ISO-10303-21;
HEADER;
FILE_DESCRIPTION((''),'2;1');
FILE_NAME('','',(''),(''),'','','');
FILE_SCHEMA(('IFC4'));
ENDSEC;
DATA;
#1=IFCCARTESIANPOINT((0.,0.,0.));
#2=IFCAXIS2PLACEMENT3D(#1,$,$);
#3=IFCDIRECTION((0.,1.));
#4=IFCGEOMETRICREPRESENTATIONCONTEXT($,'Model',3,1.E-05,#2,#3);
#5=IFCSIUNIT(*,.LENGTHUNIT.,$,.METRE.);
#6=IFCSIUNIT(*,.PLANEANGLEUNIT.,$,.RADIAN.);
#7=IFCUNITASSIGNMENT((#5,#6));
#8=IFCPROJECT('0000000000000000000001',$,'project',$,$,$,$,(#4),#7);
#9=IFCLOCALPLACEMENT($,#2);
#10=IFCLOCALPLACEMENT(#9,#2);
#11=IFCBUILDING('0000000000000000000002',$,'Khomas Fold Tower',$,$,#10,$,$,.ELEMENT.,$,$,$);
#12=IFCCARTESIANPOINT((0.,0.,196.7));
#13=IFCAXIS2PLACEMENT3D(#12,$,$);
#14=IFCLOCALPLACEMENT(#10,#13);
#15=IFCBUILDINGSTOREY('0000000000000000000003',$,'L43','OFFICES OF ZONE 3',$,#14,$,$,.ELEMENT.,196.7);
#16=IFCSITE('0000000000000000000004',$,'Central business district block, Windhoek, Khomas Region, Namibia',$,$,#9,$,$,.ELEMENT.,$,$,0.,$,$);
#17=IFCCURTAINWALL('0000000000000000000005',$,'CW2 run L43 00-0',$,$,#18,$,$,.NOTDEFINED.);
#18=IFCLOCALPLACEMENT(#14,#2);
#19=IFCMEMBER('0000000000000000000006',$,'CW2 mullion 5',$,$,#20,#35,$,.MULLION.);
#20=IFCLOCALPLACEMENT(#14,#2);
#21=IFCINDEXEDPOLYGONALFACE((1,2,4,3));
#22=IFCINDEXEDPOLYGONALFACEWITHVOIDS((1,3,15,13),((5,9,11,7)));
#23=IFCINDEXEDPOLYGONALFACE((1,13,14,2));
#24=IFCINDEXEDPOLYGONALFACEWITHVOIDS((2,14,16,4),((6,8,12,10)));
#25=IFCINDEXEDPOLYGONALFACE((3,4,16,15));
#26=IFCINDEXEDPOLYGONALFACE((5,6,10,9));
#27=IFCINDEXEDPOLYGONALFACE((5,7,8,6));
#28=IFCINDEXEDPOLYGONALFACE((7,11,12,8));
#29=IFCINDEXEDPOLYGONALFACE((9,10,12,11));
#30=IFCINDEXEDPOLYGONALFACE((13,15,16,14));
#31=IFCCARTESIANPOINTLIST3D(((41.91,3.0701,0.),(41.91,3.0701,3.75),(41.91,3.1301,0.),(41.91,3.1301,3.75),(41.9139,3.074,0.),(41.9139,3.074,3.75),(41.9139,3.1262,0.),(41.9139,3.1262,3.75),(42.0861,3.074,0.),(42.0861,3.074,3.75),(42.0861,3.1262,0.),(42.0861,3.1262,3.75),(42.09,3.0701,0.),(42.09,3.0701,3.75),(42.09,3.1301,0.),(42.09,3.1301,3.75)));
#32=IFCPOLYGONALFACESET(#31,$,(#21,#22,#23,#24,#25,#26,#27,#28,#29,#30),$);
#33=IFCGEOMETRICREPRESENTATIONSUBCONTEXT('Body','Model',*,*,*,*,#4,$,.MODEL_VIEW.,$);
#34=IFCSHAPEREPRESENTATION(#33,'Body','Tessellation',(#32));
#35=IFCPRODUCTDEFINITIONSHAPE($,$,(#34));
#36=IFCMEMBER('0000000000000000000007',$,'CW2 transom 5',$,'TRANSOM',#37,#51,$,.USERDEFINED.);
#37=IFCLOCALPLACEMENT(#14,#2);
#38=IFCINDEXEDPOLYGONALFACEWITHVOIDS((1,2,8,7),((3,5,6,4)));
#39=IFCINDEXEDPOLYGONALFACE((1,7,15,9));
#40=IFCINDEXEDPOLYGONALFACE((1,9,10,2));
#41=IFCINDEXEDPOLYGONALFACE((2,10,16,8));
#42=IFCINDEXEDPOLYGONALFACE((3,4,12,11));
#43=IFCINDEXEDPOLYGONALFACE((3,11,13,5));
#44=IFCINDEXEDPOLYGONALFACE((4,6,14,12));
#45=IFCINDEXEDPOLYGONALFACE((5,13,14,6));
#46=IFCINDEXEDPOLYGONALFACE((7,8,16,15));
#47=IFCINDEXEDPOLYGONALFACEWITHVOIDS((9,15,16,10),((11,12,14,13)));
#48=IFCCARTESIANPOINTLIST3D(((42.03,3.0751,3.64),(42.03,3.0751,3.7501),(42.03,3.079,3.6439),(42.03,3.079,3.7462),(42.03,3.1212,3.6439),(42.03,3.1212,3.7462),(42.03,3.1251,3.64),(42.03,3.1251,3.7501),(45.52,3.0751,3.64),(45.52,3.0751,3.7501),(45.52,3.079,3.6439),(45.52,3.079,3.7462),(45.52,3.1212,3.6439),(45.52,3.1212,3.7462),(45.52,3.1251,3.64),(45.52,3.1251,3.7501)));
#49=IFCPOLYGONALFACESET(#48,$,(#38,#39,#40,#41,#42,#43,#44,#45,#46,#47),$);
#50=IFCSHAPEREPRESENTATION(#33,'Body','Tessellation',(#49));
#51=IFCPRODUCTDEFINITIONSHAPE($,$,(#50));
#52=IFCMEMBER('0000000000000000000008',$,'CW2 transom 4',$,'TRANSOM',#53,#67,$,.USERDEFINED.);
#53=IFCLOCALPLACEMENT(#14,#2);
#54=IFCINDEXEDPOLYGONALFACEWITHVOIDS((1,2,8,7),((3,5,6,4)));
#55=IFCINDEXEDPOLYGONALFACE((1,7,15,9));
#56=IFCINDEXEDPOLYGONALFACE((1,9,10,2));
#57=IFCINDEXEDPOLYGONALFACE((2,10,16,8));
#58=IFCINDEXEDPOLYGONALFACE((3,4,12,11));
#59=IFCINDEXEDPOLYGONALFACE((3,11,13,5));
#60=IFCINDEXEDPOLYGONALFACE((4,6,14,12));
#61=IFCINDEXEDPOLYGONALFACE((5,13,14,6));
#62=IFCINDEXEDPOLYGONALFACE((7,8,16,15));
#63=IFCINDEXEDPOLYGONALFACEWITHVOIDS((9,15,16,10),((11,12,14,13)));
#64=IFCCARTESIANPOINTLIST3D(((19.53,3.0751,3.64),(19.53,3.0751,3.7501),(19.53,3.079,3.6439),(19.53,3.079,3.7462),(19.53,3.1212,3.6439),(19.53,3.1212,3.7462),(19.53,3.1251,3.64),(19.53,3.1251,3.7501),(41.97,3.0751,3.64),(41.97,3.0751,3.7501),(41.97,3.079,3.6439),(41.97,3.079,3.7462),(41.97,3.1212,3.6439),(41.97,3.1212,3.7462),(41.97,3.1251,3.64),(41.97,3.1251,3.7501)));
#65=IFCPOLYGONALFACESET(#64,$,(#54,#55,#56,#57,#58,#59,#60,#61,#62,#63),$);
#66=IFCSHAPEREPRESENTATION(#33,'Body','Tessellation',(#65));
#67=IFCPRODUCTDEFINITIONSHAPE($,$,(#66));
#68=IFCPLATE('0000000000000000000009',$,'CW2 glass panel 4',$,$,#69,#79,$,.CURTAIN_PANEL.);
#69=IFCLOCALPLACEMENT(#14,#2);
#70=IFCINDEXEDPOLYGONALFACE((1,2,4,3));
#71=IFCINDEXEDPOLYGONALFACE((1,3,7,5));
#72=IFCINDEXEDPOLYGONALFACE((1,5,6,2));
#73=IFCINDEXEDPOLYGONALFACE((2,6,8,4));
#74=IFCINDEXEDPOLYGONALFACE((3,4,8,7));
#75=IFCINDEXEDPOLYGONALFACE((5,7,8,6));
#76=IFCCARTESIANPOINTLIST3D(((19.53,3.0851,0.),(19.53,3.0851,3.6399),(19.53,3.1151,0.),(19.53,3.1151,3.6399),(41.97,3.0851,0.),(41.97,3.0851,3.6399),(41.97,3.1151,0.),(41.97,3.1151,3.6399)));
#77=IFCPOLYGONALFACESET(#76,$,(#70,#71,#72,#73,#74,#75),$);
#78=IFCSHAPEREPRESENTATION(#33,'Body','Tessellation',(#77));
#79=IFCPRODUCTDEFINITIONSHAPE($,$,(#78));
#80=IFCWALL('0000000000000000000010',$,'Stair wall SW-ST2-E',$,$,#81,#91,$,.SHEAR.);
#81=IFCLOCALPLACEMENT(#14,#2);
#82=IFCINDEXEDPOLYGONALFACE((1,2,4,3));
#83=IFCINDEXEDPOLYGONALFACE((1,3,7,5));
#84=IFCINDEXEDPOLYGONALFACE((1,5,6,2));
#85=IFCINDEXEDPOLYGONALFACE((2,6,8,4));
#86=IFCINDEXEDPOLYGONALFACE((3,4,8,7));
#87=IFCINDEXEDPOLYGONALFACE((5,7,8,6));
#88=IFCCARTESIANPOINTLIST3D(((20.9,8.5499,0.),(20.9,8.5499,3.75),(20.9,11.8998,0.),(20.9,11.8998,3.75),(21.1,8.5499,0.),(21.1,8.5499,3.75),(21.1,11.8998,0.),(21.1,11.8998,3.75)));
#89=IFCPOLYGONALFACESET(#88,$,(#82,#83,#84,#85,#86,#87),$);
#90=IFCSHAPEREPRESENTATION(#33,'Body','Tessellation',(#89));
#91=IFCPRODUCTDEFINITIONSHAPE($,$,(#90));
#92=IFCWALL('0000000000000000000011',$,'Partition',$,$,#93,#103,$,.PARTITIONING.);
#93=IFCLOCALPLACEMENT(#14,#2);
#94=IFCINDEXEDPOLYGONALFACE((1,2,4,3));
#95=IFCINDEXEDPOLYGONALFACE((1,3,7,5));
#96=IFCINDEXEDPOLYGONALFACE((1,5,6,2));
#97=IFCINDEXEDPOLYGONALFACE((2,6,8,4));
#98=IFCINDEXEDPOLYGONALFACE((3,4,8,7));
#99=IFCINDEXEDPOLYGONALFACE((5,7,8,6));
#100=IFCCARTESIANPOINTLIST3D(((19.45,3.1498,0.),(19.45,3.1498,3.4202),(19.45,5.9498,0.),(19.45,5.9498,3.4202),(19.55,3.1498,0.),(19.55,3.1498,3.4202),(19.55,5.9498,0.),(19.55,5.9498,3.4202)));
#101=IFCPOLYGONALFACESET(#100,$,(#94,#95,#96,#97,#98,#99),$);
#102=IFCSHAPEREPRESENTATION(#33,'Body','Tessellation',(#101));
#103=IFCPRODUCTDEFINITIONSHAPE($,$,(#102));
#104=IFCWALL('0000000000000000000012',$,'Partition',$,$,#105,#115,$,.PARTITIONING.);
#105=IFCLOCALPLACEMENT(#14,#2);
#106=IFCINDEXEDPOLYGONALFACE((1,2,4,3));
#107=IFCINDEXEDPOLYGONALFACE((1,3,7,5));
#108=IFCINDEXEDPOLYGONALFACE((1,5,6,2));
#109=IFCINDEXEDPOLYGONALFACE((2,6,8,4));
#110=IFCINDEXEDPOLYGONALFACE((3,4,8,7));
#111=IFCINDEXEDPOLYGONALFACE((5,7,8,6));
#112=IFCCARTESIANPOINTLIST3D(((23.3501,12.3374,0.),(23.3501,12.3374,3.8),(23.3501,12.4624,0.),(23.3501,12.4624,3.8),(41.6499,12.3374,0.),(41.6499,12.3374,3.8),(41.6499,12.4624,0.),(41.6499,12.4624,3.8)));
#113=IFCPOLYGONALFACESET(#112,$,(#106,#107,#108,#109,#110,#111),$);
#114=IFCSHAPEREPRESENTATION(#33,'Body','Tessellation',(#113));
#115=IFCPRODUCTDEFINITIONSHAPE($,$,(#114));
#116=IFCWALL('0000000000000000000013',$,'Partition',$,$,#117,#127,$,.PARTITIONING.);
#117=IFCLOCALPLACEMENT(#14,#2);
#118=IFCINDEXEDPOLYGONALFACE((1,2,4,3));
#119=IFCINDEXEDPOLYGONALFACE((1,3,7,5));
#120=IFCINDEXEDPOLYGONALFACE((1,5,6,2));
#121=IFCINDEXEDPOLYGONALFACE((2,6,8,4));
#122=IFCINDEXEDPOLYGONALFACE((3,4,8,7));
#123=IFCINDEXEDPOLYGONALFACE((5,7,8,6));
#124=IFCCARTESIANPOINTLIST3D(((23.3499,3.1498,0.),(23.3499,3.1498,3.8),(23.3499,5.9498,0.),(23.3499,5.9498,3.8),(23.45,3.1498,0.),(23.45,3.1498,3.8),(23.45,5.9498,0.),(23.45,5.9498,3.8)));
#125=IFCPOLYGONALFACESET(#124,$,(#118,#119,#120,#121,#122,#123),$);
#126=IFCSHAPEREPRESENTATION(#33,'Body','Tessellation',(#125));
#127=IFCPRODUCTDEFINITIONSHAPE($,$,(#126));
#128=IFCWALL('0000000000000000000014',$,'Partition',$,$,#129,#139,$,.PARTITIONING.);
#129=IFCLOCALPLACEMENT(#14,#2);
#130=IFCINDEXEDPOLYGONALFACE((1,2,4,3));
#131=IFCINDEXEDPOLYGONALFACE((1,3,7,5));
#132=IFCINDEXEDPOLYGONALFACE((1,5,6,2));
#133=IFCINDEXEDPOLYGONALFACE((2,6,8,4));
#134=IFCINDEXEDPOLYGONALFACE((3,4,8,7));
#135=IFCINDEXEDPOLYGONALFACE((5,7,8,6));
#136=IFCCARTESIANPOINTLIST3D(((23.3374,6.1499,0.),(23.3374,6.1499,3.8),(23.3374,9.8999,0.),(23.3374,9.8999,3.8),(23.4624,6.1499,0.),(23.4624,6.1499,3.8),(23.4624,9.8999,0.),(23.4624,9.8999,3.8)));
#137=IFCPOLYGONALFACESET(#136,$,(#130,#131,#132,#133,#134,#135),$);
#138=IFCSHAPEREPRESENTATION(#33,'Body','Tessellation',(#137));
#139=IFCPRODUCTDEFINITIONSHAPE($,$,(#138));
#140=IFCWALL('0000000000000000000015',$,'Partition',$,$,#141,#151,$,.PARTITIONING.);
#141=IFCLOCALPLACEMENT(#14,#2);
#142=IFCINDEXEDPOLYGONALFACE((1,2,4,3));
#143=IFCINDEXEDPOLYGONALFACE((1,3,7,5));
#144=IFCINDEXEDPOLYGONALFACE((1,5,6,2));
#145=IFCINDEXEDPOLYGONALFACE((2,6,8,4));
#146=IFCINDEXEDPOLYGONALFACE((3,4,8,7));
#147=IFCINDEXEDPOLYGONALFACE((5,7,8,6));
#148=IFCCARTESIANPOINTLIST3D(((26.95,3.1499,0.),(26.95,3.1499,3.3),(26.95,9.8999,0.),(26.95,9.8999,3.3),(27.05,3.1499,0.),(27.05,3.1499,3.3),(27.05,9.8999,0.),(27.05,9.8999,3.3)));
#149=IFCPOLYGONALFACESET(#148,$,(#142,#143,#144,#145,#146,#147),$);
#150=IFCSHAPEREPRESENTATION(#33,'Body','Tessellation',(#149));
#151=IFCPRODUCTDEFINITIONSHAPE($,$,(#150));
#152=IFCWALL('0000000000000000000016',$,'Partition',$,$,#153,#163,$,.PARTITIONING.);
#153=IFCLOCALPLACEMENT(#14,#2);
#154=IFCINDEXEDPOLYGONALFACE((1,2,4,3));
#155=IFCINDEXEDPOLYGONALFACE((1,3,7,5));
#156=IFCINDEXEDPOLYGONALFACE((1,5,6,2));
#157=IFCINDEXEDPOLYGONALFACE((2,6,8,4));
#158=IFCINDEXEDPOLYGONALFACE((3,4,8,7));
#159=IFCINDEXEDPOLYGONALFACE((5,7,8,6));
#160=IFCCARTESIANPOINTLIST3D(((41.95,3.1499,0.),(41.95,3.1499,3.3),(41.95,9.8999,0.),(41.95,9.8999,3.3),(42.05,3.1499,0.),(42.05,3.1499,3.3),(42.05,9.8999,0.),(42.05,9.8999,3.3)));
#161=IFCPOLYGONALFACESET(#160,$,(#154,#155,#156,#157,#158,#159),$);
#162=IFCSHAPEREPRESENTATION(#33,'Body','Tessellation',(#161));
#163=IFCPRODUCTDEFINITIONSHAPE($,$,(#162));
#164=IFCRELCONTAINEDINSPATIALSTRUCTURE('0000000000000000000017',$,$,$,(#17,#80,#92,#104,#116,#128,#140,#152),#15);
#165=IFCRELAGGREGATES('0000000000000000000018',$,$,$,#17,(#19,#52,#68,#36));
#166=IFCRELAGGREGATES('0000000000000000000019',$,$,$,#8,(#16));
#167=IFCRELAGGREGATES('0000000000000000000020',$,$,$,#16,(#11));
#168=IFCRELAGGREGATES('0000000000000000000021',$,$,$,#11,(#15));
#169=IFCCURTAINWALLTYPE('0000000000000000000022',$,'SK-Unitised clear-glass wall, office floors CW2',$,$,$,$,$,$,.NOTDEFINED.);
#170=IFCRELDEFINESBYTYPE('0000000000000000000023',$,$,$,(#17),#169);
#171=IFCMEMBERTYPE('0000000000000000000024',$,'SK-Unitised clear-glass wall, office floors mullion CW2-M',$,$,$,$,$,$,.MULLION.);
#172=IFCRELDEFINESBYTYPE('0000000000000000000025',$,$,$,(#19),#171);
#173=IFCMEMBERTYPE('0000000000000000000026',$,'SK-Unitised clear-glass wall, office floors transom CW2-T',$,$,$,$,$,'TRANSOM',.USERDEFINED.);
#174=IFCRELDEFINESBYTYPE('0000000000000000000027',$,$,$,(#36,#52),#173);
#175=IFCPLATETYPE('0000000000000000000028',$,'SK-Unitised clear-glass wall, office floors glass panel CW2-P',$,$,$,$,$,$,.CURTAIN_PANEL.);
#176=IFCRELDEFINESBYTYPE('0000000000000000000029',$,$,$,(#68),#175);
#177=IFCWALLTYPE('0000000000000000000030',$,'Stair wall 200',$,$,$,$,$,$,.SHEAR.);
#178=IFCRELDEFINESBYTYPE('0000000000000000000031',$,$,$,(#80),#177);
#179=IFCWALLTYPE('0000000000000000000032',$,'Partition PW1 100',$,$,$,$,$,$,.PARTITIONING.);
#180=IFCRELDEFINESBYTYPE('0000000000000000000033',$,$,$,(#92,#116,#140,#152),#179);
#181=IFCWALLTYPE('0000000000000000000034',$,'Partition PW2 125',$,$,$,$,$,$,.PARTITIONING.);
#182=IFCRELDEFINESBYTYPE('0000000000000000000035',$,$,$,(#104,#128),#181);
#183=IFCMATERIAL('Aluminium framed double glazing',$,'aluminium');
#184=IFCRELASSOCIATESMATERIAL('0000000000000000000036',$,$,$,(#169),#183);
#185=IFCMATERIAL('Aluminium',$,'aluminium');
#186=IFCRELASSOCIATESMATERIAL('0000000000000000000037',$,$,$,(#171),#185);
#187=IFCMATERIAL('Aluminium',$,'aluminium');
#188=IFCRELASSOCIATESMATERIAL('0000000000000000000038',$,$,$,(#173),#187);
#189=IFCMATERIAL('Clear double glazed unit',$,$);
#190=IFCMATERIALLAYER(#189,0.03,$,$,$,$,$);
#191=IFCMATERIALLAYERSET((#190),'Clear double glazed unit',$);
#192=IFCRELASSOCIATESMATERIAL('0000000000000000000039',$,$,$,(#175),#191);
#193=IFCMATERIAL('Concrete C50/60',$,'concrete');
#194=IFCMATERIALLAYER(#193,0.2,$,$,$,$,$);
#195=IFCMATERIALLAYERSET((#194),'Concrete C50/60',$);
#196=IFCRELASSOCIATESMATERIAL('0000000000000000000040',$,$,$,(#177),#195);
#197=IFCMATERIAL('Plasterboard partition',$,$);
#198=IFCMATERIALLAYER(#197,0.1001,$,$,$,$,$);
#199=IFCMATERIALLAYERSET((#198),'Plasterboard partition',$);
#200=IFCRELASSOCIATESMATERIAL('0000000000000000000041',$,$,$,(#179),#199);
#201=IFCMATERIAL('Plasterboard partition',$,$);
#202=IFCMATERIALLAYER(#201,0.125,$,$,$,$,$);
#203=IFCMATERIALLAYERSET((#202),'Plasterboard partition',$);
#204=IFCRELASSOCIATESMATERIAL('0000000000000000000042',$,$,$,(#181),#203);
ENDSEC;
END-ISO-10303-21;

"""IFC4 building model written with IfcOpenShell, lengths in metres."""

from ifc_helpers import new_model, si_unit, direction, frame, frame_2d, origin, origin_2d, place, context, subcontext, project, spatial, rectangle, hollow_rectangle, extrude, source, transform, mapped, material, layer, layer_set, material_profile, profile_set, type_object, element, aggregate, save


model = new_model("IFC4")

# Units and contexts
model_context = context("Model", 3, precision=1e-05, world=origin(), true_north=direction((0.0, 1.0)))
body_context = subcontext(model_context, "Body", "Model", "MODEL_VIEW")
ifc_project = project(units=[si_unit("LENGTHUNIT", "METRE"), si_unit("PLANEANGLEUNIT", "RADIAN")], contexts=[model_context])

# Site, building, storey
site_placement = place(None, origin())
site = spatial("IfcSite", under=ifc_project, at=site_placement, Name="Central business district block, Windhoek, Khomas Region, Namibia", CompositionType="ELEMENT", RefElevation=0.0)
building_placement = place(site_placement, origin())
building = spatial("IfcBuilding", under=site, at=building_placement, Name="Khomas Fold Tower", CompositionType="ELEMENT")
storey_placement = place(building_placement, frame((0.0, 0.0, 196.7)))
storey = spatial("IfcBuildingStorey", under=building, at=storey_placement, Name="L43", Description="OFFICES OF ZONE 3", CompositionType="ELEMENT", Elevation=196.7)

# Curtain wall, members, plate
ifc_material_1 = material(Name="Aluminium framed double glazing", Category="aluminium")
curtain_wall_type = type_object("IfcCurtainWallType", Name="SK-Unitised clear-glass wall, office floors CW2", PredefinedType="NOTDEFINED", material=ifc_material_1)
curtain_wall_placement = place(storey_placement, origin())
curtain_wall = element("IfcCurtainWall", 1, at=curtain_wall_placement, inside=storey, type_object=curtain_wall_type, Name="CW2 run L43 00-0", PredefinedType="NOTDEFINED")
ifc_material_2 = material(Name="Aluminium", Category="aluminium")
ifc_material_profile_1 = material_profile(ifc_material_2, hollow_rectangle(XDim=0.0601, YDim=0.1799, WallThickness=0.0039, at=origin_2d()), Name="SK-Unitised clear-glass wall, office floors mullion CW2-M")
ifc_profile_set_1 = profile_set([ifc_material_profile_1], Name="Aluminium")
member_type_1 = type_object("IfcMemberType", Name="SK-Unitised clear-glass wall, office floors mullion CW2-M", PredefinedType="MULLION", material=ifc_profile_set_1)
shared_shape_1 = source(origin(), body_context, "Body", "SweptSolid", [
    extrude(hollow_rectangle(XDim=0.0601, YDim=0.1799, WallThickness=0.0039, at=origin_2d()), origin(), (0.0, 0.0, 1.0), 3.75),
])
member_1_placement = place(storey_placement, frame((42.0, 3.1001, 0.0), z_axis=(0.0, 0.0, 1.0), x_axis=(0.0, 1.0, 0.0)))
member_1 = element("IfcMember", 2, at=member_1_placement, type_object=member_type_1, Name="CW2 mullion 5", PredefinedType="MULLION", context=body_context, shape_type="MappedRepresentation", body=[
    mapped(shared_shape_1, transform((0.0, 0.0, 0.0))),
])
ifc_material_3 = material(Name="Aluminium", Category="aluminium")
ifc_material_profile_2 = material_profile(ifc_material_3, hollow_rectangle(XDim=0.05, YDim=0.1101, WallThickness=0.0039, at=origin_2d()), Name="SK-Unitised clear-glass wall, office floors transom CW2-T")
ifc_profile_set_2 = profile_set([ifc_material_profile_2], Name="Aluminium")
member_type_2 = type_object("IfcMemberType", Name="SK-Unitised clear-glass wall, office floors transom CW2-T", ElementType="TRANSOM", PredefinedType="USERDEFINED", material=ifc_profile_set_2)
shared_shape_2 = source(origin(), body_context, "Body", "SweptSolid", [
    extrude(hollow_rectangle(XDim=0.05, YDim=0.1101, WallThickness=0.0039, at=origin_2d()), origin(), (0.0, 0.0, 1.0), 3.49),
])
member_2_placement = place(storey_placement, frame((42.03, 3.1001, 3.6951), z_axis=(1.0, 0.0, 0.0), x_axis=(0.0, 1.0, 0.0)))
member_2 = element("IfcMember", 3, at=member_2_placement, type_object=member_type_2, Name="CW2 transom 5", ObjectType="TRANSOM", PredefinedType="USERDEFINED", context=body_context, shape_type="MappedRepresentation", body=[
    mapped(shared_shape_2, transform((0.0, 0.0, 0.0))),
])
shared_shape_3 = source(origin(), body_context, "Body", "SweptSolid", [
    extrude(hollow_rectangle(XDim=0.05, YDim=0.1101, WallThickness=0.0039, at=origin_2d()), origin(), (0.0, 0.0, 1.0), 22.4399),
])
member_3_placement = place(storey_placement, frame((19.53, 3.1001, 3.6951), z_axis=(1.0, 0.0, 0.0), x_axis=(0.0, 1.0, 0.0)))
member_3 = element("IfcMember", 4, at=member_3_placement, type_object=member_type_2, Name="CW2 transom 4", ObjectType="TRANSOM", PredefinedType="USERDEFINED", context=body_context, shape_type="MappedRepresentation", body=[
    mapped(shared_shape_3, transform((0.0, 0.0, 0.0))),
])
ifc_material_4 = material(Name="Clear double glazed unit")
ifc_layer_1 = layer(ifc_material_4, 0.03)
ifc_layer_set_1 = layer_set([ifc_layer_1], Name="Clear double glazed unit")
plate_type = type_object("IfcPlateType", Name="SK-Unitised clear-glass wall, office floors glass panel CW2-P", PredefinedType="CURTAIN_PANEL", material=ifc_layer_set_1)
shared_shape_4 = source(origin(), body_context, "Body", "SweptSolid", [
    extrude(rectangle(XDim=22.4399, YDim=0.03, at=origin_2d()), origin(), (0.0, 0.0, 1.0), 3.6399),
])
plate_placement = place(storey_placement, frame((30.75, 3.1001, 0.0), z_axis=(0.0, 0.0, 1.0), x_axis=(1.0, 0.0, 0.0)))
plate = element("IfcPlate", 5, at=plate_placement, type_object=plate_type, Name="CW2 glass panel 4", PredefinedType="CURTAIN_PANEL", context=body_context, shape_type="MappedRepresentation", body=[
    mapped(shared_shape_4, transform((0.0, 0.0, 0.0))),
])
aggregate(curtain_wall, [member_1, member_3, plate, member_2])

# Walls
ifc_material_5 = material(Name="Concrete C50/60", Category="concrete")
ifc_layer_2 = layer(ifc_material_5, 0.2)
ifc_layer_set_2 = layer_set([ifc_layer_2], Name="Concrete C50/60")
wall_type_1 = type_object("IfcWallType", Name="Stair wall 200", PredefinedType="SHEAR", material=ifc_layer_set_2)
shared_shape_5 = source(origin(), body_context, "Body", "SweptSolid", [
    extrude(rectangle(XDim=3.3499, YDim=0.2, at=frame_2d((1.6748, 0.0))), origin(), (0.0, 0.0, 1.0), 3.75),
])
wall_1_placement = place(storey_placement, frame((21.0, 8.55, 0.0), z_axis=(0.0, 0.0, 1.0), x_axis=(0.0, 1.0, 0.0)))
element("IfcWall", 6, at=wall_1_placement, inside=storey, type_object=wall_type_1, Name="Stair wall SW-ST2-E", PredefinedType="SHEAR", context=body_context, shape_type="MappedRepresentation", body=[
    mapped(shared_shape_5, transform((0.0, 0.0, 0.0))),
])
ifc_material_6 = material(Name="Plasterboard partition")
ifc_layer_3 = layer(ifc_material_6, 0.1001)
ifc_layer_set_3 = layer_set([ifc_layer_3], Name="Plasterboard partition")
wall_type_2 = type_object("IfcWallType", Name="Partition PW1 100", PredefinedType="PARTITIONING", material=ifc_layer_set_3)
shared_shape_6 = source(origin(), body_context, "Body", "SweptSolid", [
    extrude(rectangle(XDim=2.8, YDim=0.1001, at=frame_2d((1.3999, 0.0))), origin(), (0.0, 0.0, 1.0), 3.4202),
])
wall_2_placement = place(storey_placement, frame((19.5, 3.1499, 0.0), z_axis=(0.0, 0.0, 1.0), x_axis=(0.0, 1.0, 0.0)))
element("IfcWall", 7, at=wall_2_placement, inside=storey, type_object=wall_type_2, Name="Partition", PredefinedType="PARTITIONING", context=body_context, shape_type="MappedRepresentation", body=[
    mapped(shared_shape_6, transform((0.0, 0.0, 0.0))),
])
ifc_material_7 = material(Name="Plasterboard partition")
ifc_layer_4 = layer(ifc_material_7, 0.125)
ifc_layer_set_4 = layer_set([ifc_layer_4], Name="Plasterboard partition")
wall_type_3 = type_object("IfcWallType", Name="Partition PW2 125", PredefinedType="PARTITIONING", material=ifc_layer_set_4)
shared_shape_7 = source(origin(), body_context, "Body", "SweptSolid", [
    extrude(rectangle(XDim=18.2998, YDim=0.125, at=frame_2d((9.1499, 0.0))), origin(), (0.0, 0.0, 1.0), 3.8),
])
wall_3_placement = place(storey_placement, frame((23.3501, 12.3999, 0.0), z_axis=(0.0, 0.0, 1.0), x_axis=(1.0, 0.0, 0.0)))
element("IfcWall", 8, at=wall_3_placement, inside=storey, type_object=wall_type_3, Name="Partition", PredefinedType="PARTITIONING", context=body_context, shape_type="MappedRepresentation", body=[
    mapped(shared_shape_7, transform((0.0, 0.0, 0.0))),
])
shared_shape_8 = source(origin(), body_context, "Body", "SweptSolid", [
    extrude(rectangle(XDim=2.8, YDim=0.1001, at=frame_2d((1.3999, 0.0))), origin(), (0.0, 0.0, 1.0), 3.8),
])
wall_4_placement = place(storey_placement, frame((23.3999, 3.1499, 0.0), z_axis=(0.0, 0.0, 1.0), x_axis=(0.0, 1.0, 0.0)))
element("IfcWall", 9, at=wall_4_placement, inside=storey, type_object=wall_type_2, Name="Partition", PredefinedType="PARTITIONING", context=body_context, shape_type="MappedRepresentation", body=[
    mapped(shared_shape_8, transform((0.0, 0.0, 0.0))),
])
shared_shape_9 = source(origin(), body_context, "Body", "SweptSolid", [
    extrude(rectangle(XDim=3.75, YDim=0.125, at=frame_2d((1.875, 0.0))), origin(), (0.0, 0.0, 1.0), 3.8),
])
wall_5_placement = place(storey_placement, frame((23.3999, 6.1499, 0.0), z_axis=(0.0, 0.0, 1.0), x_axis=(0.0, 1.0, 0.0)))
element("IfcWall", 10, at=wall_5_placement, inside=storey, type_object=wall_type_3, Name="Partition", PredefinedType="PARTITIONING", context=body_context, shape_type="MappedRepresentation", body=[
    mapped(shared_shape_9, transform((0.0, 0.0, 0.0))),
])
shared_shape_10 = source(origin(), body_context, "Body", "SweptSolid", [
    extrude(rectangle(XDim=6.75, YDim=0.1001, at=frame_2d((3.375, 0.0))), origin(), (0.0, 0.0, 1.0), 3.3),
])
for number, where, z_axis, x_axis, name in (
    (11, (27.0, 3.1499, 0.0), (0.0, 0.0, 1.0), (0.0, 1.0, 0.0), "Partition"),
    (12, (42.0, 3.1499, 0.0), (0.0, 0.0, 1.0), (0.0, 1.0, 0.0), "Partition"),
):
    element("IfcWall", number, at=place(storey_placement, frame(where, z_axis=z_axis, x_axis=x_axis)), inside=storey, type_object=wall_type_2, Name=name, PredefinedType="PARTITIONING", context=body_context, shape_type="MappedRepresentation", body=[
        mapped(shared_shape_10, transform((0.0, 0.0, 0.0))),
    ])

save(model, "model.ifc")
